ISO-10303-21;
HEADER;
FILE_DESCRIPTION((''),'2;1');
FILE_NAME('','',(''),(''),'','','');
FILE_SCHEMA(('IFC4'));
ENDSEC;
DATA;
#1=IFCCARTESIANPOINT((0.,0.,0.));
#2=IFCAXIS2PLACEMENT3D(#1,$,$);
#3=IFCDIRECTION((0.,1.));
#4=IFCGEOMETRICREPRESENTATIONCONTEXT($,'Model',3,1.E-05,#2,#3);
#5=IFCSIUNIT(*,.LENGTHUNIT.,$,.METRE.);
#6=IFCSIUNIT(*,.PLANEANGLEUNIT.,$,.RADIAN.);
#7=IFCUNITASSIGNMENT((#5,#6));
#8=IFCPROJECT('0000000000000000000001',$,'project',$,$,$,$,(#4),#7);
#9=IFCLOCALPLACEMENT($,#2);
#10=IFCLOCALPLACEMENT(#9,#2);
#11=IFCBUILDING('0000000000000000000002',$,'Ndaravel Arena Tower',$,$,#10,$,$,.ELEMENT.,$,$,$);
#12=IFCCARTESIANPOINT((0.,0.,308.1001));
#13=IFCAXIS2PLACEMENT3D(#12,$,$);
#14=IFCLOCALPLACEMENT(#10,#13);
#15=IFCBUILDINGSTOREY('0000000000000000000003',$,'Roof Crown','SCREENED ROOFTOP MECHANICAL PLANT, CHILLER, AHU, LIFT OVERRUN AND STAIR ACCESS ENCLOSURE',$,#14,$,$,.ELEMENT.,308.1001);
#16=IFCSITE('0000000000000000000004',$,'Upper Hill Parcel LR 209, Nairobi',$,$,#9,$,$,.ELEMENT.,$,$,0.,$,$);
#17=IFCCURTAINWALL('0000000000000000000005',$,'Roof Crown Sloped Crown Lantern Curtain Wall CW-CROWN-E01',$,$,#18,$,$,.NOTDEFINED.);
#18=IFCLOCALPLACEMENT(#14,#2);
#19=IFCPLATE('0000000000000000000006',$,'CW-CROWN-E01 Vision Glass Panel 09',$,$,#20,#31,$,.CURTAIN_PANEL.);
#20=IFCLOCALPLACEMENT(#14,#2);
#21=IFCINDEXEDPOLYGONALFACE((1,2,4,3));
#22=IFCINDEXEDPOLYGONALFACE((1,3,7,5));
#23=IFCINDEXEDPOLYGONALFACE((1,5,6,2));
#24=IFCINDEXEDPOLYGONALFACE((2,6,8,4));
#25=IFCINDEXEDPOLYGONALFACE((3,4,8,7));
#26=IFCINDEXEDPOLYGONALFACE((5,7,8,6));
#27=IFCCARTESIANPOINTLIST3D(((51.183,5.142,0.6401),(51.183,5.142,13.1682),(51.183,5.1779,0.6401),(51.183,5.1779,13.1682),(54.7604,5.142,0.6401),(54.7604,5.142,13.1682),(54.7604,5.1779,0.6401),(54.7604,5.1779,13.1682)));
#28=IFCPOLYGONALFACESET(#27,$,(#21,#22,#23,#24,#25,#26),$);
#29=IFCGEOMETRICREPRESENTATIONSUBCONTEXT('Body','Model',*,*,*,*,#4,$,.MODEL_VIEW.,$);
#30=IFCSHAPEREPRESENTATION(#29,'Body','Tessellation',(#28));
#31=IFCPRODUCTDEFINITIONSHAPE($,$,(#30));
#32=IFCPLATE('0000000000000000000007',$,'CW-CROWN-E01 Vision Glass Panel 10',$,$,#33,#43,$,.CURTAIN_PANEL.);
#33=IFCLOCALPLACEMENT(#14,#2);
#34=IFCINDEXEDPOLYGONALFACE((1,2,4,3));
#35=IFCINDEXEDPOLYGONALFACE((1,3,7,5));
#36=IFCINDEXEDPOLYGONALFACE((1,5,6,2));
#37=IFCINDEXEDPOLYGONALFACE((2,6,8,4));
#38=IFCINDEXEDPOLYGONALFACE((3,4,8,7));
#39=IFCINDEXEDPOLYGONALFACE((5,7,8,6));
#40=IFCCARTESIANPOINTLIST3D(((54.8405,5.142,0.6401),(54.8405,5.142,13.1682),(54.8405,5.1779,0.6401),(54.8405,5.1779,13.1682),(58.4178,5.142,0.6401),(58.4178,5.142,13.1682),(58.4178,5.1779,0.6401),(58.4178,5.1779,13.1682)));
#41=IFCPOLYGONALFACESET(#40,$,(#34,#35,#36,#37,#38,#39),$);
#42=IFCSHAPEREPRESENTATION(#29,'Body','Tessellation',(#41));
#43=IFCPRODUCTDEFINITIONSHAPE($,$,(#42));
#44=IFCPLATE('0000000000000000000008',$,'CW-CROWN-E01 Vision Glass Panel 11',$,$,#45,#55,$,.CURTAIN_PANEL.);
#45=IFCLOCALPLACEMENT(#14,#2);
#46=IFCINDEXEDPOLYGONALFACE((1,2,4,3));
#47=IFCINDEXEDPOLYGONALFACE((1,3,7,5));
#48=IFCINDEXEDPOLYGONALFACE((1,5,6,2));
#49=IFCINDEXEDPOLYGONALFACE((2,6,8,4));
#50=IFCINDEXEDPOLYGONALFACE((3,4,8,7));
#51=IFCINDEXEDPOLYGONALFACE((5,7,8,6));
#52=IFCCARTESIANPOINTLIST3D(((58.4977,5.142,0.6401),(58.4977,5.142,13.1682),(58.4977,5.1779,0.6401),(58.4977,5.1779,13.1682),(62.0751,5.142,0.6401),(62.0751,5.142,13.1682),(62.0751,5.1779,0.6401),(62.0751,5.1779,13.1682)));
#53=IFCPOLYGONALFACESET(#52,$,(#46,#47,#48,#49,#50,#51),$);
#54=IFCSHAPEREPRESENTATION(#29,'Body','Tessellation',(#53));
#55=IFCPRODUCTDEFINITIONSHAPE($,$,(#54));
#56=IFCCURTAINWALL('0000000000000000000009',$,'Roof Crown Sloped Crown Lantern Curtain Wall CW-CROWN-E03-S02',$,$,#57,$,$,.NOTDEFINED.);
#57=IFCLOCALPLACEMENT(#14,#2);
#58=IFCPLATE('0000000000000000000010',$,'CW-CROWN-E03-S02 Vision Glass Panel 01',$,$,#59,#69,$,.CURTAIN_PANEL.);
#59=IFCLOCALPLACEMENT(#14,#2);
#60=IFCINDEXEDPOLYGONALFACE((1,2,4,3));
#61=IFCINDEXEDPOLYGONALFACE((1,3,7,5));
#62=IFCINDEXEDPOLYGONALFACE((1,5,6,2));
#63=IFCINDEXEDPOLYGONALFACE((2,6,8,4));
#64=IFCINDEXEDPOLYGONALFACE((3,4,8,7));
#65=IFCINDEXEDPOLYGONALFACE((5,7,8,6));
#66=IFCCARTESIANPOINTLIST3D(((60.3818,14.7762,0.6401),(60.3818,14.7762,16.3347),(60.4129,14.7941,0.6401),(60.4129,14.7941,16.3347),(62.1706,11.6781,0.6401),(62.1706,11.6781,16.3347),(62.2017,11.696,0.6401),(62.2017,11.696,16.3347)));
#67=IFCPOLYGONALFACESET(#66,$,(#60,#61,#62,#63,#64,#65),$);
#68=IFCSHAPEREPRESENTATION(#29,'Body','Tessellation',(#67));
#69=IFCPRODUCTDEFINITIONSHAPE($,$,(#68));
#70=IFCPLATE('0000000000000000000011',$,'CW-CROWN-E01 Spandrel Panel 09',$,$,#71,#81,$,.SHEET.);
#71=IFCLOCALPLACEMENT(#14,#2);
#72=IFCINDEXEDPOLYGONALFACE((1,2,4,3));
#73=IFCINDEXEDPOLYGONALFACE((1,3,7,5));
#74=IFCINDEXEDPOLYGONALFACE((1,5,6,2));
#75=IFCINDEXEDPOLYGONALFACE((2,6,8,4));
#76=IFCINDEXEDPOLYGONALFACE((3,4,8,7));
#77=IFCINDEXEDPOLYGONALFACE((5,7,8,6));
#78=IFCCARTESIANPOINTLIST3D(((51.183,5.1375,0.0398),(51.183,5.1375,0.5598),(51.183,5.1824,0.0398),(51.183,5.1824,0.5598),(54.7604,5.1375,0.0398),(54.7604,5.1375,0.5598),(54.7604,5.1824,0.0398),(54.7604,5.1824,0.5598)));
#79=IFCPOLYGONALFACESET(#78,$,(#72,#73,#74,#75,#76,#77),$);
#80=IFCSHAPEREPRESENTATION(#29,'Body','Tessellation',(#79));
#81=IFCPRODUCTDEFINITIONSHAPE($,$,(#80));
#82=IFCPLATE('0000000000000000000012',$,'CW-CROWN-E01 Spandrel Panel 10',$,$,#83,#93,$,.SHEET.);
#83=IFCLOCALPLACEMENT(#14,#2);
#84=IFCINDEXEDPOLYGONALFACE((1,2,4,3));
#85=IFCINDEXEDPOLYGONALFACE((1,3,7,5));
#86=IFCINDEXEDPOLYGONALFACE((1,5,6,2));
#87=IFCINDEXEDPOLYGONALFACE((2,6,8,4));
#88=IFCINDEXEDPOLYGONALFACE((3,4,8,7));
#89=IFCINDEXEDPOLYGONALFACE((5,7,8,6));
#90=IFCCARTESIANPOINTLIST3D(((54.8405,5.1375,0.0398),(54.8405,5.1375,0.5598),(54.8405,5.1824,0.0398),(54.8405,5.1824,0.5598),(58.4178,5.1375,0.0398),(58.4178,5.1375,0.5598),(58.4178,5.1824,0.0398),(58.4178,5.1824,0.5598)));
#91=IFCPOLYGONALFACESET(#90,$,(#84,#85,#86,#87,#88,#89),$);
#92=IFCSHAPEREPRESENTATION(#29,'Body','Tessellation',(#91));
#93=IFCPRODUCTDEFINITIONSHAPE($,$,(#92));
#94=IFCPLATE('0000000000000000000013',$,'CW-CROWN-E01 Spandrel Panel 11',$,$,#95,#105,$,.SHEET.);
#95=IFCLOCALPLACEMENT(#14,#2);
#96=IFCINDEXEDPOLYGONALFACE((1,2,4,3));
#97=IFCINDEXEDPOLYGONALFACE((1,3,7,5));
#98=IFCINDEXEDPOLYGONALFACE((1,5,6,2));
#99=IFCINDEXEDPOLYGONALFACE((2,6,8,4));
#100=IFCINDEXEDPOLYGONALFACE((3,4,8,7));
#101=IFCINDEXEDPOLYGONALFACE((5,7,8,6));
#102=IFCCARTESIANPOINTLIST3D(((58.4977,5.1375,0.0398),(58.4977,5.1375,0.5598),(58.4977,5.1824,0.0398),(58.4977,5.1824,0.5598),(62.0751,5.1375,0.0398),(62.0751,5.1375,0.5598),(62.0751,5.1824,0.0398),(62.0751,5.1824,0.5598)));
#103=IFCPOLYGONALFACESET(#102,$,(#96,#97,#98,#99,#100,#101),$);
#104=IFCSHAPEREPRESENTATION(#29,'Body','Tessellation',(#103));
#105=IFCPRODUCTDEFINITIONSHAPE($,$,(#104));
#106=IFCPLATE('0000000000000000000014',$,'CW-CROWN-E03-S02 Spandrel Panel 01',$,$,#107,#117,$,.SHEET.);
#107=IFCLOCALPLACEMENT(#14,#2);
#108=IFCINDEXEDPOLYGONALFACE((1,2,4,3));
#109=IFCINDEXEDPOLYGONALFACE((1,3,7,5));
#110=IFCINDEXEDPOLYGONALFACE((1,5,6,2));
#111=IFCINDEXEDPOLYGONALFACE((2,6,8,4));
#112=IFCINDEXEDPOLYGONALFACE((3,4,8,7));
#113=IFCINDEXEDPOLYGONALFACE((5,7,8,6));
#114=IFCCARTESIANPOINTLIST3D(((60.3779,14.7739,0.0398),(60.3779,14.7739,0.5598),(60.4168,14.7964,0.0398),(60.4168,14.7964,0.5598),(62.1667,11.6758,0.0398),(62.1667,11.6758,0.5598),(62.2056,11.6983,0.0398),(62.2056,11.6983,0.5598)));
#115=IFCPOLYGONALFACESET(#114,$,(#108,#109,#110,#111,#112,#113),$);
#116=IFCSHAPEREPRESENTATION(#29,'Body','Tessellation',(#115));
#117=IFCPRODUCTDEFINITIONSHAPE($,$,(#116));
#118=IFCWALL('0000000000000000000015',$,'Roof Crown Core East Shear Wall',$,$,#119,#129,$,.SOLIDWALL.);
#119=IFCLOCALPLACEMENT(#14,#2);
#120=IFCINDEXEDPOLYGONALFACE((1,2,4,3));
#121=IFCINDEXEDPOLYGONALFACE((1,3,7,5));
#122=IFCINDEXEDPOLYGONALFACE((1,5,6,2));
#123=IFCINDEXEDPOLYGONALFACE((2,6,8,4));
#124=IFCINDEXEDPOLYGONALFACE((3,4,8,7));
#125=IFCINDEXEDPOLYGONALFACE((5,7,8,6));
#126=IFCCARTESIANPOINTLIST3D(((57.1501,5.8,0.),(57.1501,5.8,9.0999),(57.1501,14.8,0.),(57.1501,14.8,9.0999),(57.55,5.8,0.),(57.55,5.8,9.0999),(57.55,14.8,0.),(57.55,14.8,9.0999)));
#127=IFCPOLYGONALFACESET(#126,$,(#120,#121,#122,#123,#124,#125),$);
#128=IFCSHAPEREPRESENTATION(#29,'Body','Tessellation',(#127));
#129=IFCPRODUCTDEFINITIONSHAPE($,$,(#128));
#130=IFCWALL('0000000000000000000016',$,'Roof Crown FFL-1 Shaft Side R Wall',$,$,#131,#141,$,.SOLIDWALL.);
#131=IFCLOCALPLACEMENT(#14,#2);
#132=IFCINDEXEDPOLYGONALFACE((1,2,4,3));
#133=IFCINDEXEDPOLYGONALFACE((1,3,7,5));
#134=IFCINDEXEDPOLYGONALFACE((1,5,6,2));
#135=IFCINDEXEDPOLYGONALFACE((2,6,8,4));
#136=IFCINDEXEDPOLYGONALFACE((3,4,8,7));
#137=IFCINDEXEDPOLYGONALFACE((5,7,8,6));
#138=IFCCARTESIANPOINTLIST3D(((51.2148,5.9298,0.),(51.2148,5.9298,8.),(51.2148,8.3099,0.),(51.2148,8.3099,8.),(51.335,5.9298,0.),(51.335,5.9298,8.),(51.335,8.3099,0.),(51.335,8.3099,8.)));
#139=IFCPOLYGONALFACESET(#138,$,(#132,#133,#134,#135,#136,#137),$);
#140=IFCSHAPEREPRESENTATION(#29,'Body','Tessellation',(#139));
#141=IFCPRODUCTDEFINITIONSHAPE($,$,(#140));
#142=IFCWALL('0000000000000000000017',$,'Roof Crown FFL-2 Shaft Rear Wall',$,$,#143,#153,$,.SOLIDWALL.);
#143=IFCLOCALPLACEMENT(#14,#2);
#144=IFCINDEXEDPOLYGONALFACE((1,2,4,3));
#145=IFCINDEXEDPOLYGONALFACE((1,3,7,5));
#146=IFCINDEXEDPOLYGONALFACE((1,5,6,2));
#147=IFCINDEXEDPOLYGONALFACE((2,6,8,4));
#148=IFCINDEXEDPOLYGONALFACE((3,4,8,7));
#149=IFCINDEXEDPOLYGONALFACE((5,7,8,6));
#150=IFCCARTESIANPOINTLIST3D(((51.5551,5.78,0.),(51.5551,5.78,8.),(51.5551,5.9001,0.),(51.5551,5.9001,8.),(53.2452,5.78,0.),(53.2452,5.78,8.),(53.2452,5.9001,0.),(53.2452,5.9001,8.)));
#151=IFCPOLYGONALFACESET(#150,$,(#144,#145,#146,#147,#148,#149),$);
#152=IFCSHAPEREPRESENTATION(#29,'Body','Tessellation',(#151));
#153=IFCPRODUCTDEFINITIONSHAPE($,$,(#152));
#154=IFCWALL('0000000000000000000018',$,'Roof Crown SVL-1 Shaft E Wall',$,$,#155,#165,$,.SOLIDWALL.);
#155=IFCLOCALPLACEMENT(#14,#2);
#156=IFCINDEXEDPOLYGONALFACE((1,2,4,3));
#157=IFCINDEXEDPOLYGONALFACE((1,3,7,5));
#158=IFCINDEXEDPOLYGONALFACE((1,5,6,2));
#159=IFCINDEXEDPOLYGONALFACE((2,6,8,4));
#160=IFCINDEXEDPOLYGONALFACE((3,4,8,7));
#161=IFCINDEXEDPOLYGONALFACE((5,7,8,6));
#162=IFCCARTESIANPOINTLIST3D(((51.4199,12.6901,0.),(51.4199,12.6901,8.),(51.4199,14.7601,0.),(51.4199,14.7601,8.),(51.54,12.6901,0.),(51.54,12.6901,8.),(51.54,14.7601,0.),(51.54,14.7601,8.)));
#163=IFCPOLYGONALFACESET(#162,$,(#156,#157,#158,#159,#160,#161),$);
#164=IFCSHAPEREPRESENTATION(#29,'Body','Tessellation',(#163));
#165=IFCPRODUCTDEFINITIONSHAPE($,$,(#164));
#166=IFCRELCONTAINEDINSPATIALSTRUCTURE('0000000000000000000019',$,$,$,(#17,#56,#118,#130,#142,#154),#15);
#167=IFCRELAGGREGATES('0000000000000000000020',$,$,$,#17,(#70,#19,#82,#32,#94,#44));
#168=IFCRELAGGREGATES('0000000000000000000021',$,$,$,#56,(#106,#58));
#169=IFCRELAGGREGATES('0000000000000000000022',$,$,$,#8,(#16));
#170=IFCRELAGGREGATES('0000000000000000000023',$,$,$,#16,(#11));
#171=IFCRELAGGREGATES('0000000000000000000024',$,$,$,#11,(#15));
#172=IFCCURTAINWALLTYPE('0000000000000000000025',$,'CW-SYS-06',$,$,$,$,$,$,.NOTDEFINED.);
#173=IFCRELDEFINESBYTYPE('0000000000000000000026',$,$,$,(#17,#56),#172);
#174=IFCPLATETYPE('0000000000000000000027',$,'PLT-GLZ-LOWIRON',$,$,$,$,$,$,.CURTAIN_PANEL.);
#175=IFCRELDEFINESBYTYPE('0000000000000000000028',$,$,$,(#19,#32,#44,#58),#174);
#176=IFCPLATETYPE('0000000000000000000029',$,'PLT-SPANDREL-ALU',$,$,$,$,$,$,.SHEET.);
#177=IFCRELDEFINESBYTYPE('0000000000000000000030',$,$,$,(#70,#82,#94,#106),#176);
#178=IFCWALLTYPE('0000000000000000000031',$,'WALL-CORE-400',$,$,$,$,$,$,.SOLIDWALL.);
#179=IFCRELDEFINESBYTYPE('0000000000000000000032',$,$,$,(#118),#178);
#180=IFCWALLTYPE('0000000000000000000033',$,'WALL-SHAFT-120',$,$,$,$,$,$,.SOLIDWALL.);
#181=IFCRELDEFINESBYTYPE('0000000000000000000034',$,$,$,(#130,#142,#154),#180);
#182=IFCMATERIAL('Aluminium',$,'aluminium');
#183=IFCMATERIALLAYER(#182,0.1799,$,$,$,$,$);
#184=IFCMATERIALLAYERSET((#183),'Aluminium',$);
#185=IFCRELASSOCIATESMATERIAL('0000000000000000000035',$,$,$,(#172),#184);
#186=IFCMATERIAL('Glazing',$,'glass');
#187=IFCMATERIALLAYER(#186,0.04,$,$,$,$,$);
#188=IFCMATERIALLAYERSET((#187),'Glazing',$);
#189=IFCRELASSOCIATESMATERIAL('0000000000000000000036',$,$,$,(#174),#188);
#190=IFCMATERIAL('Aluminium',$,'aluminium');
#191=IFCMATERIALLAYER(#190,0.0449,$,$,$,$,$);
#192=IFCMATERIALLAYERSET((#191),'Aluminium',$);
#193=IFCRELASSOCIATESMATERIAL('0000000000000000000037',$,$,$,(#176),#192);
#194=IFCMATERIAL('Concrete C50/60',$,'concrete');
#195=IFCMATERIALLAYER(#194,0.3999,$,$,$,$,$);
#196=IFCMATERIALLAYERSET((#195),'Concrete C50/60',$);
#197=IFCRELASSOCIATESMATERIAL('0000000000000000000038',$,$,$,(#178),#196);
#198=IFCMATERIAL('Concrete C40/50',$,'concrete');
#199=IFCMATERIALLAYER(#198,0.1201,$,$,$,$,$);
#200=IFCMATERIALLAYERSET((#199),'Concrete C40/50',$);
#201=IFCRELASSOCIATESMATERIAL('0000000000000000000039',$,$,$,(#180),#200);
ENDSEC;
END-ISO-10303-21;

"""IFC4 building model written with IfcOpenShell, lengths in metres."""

from ifc_helpers import new_model, si_unit, direction, frame, frame_2d, origin, origin_2d, place, context, subcontext, project, spatial, rectangle, extrude, material, layer, layer_set, type_object, element, aggregate, save


model = new_model("IFC4")

# Units and contexts
model_context = context("Model", 3, precision=1e-05, world=origin(), true_north=direction((0.0, 1.0)))
body_context = subcontext(model_context, "Body", "Model", "MODEL_VIEW")
ifc_project = project(units=[si_unit("LENGTHUNIT", "METRE"), si_unit("PLANEANGLEUNIT", "RADIAN")], contexts=[model_context])

# Site, building, storey
site_placement = place(None, origin())
site = spatial("IfcSite", under=ifc_project, at=site_placement, Name="Upper Hill Parcel LR 209, Nairobi", CompositionType="ELEMENT", RefElevation=0.0)
building_placement = place(site_placement, origin())
building = spatial("IfcBuilding", under=site, at=building_placement, Name="Ndaravel Arena Tower", CompositionType="ELEMENT")
storey_placement = place(building_placement, frame((0.0, 0.0, 308.1001)))
storey = spatial("IfcBuildingStorey", under=building, at=storey_placement, Name="Roof Crown", Description="SCREENED ROOFTOP MECHANICAL PLANT, CHILLER, AHU, LIFT OVERRUN AND STAIR ACCESS ENCLOSURE", CompositionType="ELEMENT", Elevation=308.1001)

# Curtain wall
ifc_material_1 = material(Name="Aluminium", Category="aluminium")
ifc_layer_1 = layer(ifc_material_1, 0.1799)
ifc_layer_set_1 = layer_set([ifc_layer_1], Name="Aluminium")
curtain_wall_type = type_object("IfcCurtainWallType", Name="CW-SYS-06", PredefinedType="NOTDEFINED", material=ifc_layer_set_1)
curtain_wall_1_placement = place(storey_placement, origin())
curtain_wall_1 = element("IfcCurtainWall", 1, at=curtain_wall_1_placement, inside=storey, type_object=curtain_wall_type, Name="Roof Crown Sloped Crown Lantern Curtain Wall CW-CROWN-E01", PredefinedType="NOTDEFINED")

# Plates
ifc_material_2 = material(Name="Glazing", Category="glass")
ifc_layer_2 = layer(ifc_material_2, 0.04)
ifc_layer_set_2 = layer_set([ifc_layer_2], Name="Glazing")
plate_type_1 = type_object("IfcPlateType", Name="PLT-GLZ-LOWIRON", PredefinedType="CURTAIN_PANEL", material=ifc_layer_set_2)
plate_1_placement = place(storey_placement, frame((52.9717, 5.1599, 0.6401), z_axis=(0.0, 0.0, 1.0), x_axis=(1.0, 0.0, 0.0)))
plate_1 = element("IfcPlate", 2, at=plate_1_placement, type_object=plate_type_1, Name="CW-CROWN-E01 Vision Glass Panel 09", PredefinedType="CURTAIN_PANEL", context=body_context, shape_type="SweptSolid", body=[
    extrude(rectangle(XDim=3.5774, YDim=0.0359, at=origin_2d()), origin(), (0.0, 0.0, 1.0), 12.5281),
])
plate_2_placement = place(storey_placement, frame((56.6292, 5.1599, 0.6401), z_axis=(0.0, 0.0, 1.0), x_axis=(1.0, 0.0, 0.0)))
plate_2 = element("IfcPlate", 3, at=plate_2_placement, type_object=plate_type_1, Name="CW-CROWN-E01 Vision Glass Panel 10", PredefinedType="CURTAIN_PANEL", context=body_context, shape_type="SweptSolid", body=[
    extrude(rectangle(XDim=3.5774, YDim=0.0359, at=origin_2d()), origin(), (0.0, 0.0, 1.0), 12.5281),
])
plate_3_placement = place(storey_placement, frame((60.2864, 5.1599, 0.6401), z_axis=(0.0, 0.0, 1.0), x_axis=(1.0, 0.0, 0.0)))
plate_3 = element("IfcPlate", 4, at=plate_3_placement, type_object=plate_type_1, Name="CW-CROWN-E01 Vision Glass Panel 11", PredefinedType="CURTAIN_PANEL", context=body_context, shape_type="SweptSolid", body=[
    extrude(rectangle(XDim=3.5774, YDim=0.0359, at=origin_2d()), origin(), (0.0, 0.0, 1.0), 12.5281),
])

# Curtain wall, plate
curtain_wall_2_placement = place(storey_placement, origin())
curtain_wall_2 = element("IfcCurtainWall", 5, at=curtain_wall_2_placement, inside=storey, type_object=curtain_wall_type, Name="Roof Crown Sloped Crown Lantern Curtain Wall CW-CROWN-E03-S02", PredefinedType="NOTDEFINED")
plate_4_placement = place(storey_placement, frame((61.2917, 13.2361, 0.6401), z_axis=(0.0, 0.0, 1.0), x_axis=(-0.500015, 0.866017, 0.0)))
plate_4 = element("IfcPlate", 6, at=plate_4_placement, type_object=plate_type_1, Name="CW-CROWN-E03-S02 Vision Glass Panel 01", PredefinedType="CURTAIN_PANEL", context=body_context, shape_type="SweptSolid", body=[
    extrude(rectangle(XDim=3.5774, YDim=0.0359, at=origin_2d()), origin(), (0.0, 0.0, 1.0), 15.6946),
])

# Plates
ifc_material_3 = material(Name="Aluminium", Category="aluminium")
ifc_layer_3 = layer(ifc_material_3, 0.0449)
ifc_layer_set_3 = layer_set([ifc_layer_3], Name="Aluminium")
plate_type_2 = type_object("IfcPlateType", Name="PLT-SPANDREL-ALU", PredefinedType="SHEET", material=ifc_layer_set_3)
plate_5_placement = place(storey_placement, frame((52.9717, 5.1599, 0.0398), z_axis=(0.0, 0.0, 1.0), x_axis=(1.0, 0.0, 0.0)))
plate_5 = element("IfcPlate", 7, at=plate_5_placement, type_object=plate_type_2, Name="CW-CROWN-E01 Spandrel Panel 09", PredefinedType="SHEET", context=body_context, shape_type="SweptSolid", body=[
    extrude(rectangle(XDim=3.5774, YDim=0.0449, at=origin_2d()), origin(), (0.0, 0.0, 1.0), 0.52),
])
plate_6_placement = place(storey_placement, frame((56.6292, 5.1599, 0.0398), z_axis=(0.0, 0.0, 1.0), x_axis=(1.0, 0.0, 0.0)))
plate_6 = element("IfcPlate", 8, at=plate_6_placement, type_object=plate_type_2, Name="CW-CROWN-E01 Spandrel Panel 10", PredefinedType="SHEET", context=body_context, shape_type="SweptSolid", body=[
    extrude(rectangle(XDim=3.5774, YDim=0.0449, at=origin_2d()), origin(), (0.0, 0.0, 1.0), 0.52),
])
plate_7_placement = place(storey_placement, frame((60.2864, 5.1599, 0.0398), z_axis=(0.0, 0.0, 1.0), x_axis=(1.0, 0.0, 0.0)))
plate_7 = element("IfcPlate", 9, at=plate_7_placement, type_object=plate_type_2, Name="CW-CROWN-E01 Spandrel Panel 11", PredefinedType="SHEET", context=body_context, shape_type="SweptSolid", body=[
    extrude(rectangle(XDim=3.5774, YDim=0.0449, at=origin_2d()), origin(), (0.0, 0.0, 1.0), 0.52),
])
aggregate(curtain_wall_1, [plate_5, plate_1, plate_6, plate_2, plate_7, plate_3])
plate_8_placement = place(storey_placement, frame((61.2917, 13.2361, 0.0398), z_axis=(0.0, 0.0, 1.0), x_axis=(-0.500015, 0.866017, 0.0)))
plate_8 = element("IfcPlate", 10, at=plate_8_placement, type_object=plate_type_2, Name="CW-CROWN-E03-S02 Spandrel Panel 01", PredefinedType="SHEET", context=body_context, shape_type="SweptSolid", body=[
    extrude(rectangle(XDim=3.5774, YDim=0.0449, at=origin_2d()), origin(), (0.0, 0.0, 1.0), 0.52),
])
aggregate(curtain_wall_2, [plate_8, plate_4])

# Walls
ifc_material_4 = material(Name="Concrete C50/60", Category="concrete")
ifc_layer_4 = layer(ifc_material_4, 0.3999)
ifc_layer_set_4 = layer_set([ifc_layer_4], Name="Concrete C50/60")
wall_type_1 = type_object("IfcWallType", Name="WALL-CORE-400", PredefinedType="SOLIDWALL", material=ifc_layer_set_4)
wall_1_placement = place(storey_placement, frame((57.3501, 5.8, 0.0), z_axis=(0.0, 0.0, 1.0), x_axis=(0.0, 1.0, 0.0)))
element("IfcWall", 11, at=wall_1_placement, inside=storey, type_object=wall_type_1, Name="Roof Crown Core East Shear Wall", PredefinedType="SOLIDWALL", context=body_context, shape_type="SweptSolid", body=[
    extrude(rectangle(XDim=9.0, YDim=0.3999, at=frame_2d((4.5, 0.0))), origin(), (0.0, 0.0, 1.0), 9.0999),
])
ifc_material_5 = material(Name="Concrete C40/50", Category="concrete")
ifc_layer_5 = layer(ifc_material_5, 0.1201)
ifc_layer_set_5 = layer_set([ifc_layer_5], Name="Concrete C40/50")
wall_type_2 = type_object("IfcWallType", Name="WALL-SHAFT-120", PredefinedType="SOLIDWALL", material=ifc_layer_set_5)
wall_2_placement = place(storey_placement, frame((51.2749, 5.9299, 0.0), z_axis=(0.0, 0.0, 1.0), x_axis=(0.0, 1.0, 0.0)))
element("IfcWall", 12, at=wall_2_placement, inside=storey, type_object=wall_type_2, Name="Roof Crown FFL-1 Shaft Side R Wall", PredefinedType="SOLIDWALL", context=body_context, shape_type="SweptSolid", body=[
    extrude(rectangle(XDim=2.3801, YDim=0.1201, at=frame_2d((1.1899, 0.0))), origin(), (0.0, 0.0, 1.0), 8.0),
])
wall_3_placement = place(storey_placement, frame((51.5549, 5.8401, 0.0), z_axis=(0.0, 0.0, 1.0), x_axis=(1.0, 0.0, 0.0)))
element("IfcWall", 13, at=wall_3_placement, inside=storey, type_object=wall_type_2, Name="Roof Crown FFL-2 Shaft Rear Wall", PredefinedType="SOLIDWALL", context=body_context, shape_type="SweptSolid", body=[
    extrude(rectangle(XDim=1.6902, YDim=0.1201, at=frame_2d((0.8452, 0.0))), origin(), (0.0, 0.0, 1.0), 8.0),
])
wall_4_placement = place(storey_placement, frame((51.48, 12.6899, 0.0), z_axis=(0.0, 0.0, 1.0), x_axis=(0.0, 1.0, 0.0)))
element("IfcWall", 14, at=wall_4_placement, inside=storey, type_object=wall_type_2, Name="Roof Crown SVL-1 Shaft E Wall", PredefinedType="SOLIDWALL", context=body_context, shape_type="SweptSolid", body=[
    extrude(rectangle(XDim=2.0701, YDim=0.1201, at=frame_2d((1.0352, 0.0))), origin(), (0.0, 0.0, 1.0), 8.0),
])

save(model, "model.ifc")
